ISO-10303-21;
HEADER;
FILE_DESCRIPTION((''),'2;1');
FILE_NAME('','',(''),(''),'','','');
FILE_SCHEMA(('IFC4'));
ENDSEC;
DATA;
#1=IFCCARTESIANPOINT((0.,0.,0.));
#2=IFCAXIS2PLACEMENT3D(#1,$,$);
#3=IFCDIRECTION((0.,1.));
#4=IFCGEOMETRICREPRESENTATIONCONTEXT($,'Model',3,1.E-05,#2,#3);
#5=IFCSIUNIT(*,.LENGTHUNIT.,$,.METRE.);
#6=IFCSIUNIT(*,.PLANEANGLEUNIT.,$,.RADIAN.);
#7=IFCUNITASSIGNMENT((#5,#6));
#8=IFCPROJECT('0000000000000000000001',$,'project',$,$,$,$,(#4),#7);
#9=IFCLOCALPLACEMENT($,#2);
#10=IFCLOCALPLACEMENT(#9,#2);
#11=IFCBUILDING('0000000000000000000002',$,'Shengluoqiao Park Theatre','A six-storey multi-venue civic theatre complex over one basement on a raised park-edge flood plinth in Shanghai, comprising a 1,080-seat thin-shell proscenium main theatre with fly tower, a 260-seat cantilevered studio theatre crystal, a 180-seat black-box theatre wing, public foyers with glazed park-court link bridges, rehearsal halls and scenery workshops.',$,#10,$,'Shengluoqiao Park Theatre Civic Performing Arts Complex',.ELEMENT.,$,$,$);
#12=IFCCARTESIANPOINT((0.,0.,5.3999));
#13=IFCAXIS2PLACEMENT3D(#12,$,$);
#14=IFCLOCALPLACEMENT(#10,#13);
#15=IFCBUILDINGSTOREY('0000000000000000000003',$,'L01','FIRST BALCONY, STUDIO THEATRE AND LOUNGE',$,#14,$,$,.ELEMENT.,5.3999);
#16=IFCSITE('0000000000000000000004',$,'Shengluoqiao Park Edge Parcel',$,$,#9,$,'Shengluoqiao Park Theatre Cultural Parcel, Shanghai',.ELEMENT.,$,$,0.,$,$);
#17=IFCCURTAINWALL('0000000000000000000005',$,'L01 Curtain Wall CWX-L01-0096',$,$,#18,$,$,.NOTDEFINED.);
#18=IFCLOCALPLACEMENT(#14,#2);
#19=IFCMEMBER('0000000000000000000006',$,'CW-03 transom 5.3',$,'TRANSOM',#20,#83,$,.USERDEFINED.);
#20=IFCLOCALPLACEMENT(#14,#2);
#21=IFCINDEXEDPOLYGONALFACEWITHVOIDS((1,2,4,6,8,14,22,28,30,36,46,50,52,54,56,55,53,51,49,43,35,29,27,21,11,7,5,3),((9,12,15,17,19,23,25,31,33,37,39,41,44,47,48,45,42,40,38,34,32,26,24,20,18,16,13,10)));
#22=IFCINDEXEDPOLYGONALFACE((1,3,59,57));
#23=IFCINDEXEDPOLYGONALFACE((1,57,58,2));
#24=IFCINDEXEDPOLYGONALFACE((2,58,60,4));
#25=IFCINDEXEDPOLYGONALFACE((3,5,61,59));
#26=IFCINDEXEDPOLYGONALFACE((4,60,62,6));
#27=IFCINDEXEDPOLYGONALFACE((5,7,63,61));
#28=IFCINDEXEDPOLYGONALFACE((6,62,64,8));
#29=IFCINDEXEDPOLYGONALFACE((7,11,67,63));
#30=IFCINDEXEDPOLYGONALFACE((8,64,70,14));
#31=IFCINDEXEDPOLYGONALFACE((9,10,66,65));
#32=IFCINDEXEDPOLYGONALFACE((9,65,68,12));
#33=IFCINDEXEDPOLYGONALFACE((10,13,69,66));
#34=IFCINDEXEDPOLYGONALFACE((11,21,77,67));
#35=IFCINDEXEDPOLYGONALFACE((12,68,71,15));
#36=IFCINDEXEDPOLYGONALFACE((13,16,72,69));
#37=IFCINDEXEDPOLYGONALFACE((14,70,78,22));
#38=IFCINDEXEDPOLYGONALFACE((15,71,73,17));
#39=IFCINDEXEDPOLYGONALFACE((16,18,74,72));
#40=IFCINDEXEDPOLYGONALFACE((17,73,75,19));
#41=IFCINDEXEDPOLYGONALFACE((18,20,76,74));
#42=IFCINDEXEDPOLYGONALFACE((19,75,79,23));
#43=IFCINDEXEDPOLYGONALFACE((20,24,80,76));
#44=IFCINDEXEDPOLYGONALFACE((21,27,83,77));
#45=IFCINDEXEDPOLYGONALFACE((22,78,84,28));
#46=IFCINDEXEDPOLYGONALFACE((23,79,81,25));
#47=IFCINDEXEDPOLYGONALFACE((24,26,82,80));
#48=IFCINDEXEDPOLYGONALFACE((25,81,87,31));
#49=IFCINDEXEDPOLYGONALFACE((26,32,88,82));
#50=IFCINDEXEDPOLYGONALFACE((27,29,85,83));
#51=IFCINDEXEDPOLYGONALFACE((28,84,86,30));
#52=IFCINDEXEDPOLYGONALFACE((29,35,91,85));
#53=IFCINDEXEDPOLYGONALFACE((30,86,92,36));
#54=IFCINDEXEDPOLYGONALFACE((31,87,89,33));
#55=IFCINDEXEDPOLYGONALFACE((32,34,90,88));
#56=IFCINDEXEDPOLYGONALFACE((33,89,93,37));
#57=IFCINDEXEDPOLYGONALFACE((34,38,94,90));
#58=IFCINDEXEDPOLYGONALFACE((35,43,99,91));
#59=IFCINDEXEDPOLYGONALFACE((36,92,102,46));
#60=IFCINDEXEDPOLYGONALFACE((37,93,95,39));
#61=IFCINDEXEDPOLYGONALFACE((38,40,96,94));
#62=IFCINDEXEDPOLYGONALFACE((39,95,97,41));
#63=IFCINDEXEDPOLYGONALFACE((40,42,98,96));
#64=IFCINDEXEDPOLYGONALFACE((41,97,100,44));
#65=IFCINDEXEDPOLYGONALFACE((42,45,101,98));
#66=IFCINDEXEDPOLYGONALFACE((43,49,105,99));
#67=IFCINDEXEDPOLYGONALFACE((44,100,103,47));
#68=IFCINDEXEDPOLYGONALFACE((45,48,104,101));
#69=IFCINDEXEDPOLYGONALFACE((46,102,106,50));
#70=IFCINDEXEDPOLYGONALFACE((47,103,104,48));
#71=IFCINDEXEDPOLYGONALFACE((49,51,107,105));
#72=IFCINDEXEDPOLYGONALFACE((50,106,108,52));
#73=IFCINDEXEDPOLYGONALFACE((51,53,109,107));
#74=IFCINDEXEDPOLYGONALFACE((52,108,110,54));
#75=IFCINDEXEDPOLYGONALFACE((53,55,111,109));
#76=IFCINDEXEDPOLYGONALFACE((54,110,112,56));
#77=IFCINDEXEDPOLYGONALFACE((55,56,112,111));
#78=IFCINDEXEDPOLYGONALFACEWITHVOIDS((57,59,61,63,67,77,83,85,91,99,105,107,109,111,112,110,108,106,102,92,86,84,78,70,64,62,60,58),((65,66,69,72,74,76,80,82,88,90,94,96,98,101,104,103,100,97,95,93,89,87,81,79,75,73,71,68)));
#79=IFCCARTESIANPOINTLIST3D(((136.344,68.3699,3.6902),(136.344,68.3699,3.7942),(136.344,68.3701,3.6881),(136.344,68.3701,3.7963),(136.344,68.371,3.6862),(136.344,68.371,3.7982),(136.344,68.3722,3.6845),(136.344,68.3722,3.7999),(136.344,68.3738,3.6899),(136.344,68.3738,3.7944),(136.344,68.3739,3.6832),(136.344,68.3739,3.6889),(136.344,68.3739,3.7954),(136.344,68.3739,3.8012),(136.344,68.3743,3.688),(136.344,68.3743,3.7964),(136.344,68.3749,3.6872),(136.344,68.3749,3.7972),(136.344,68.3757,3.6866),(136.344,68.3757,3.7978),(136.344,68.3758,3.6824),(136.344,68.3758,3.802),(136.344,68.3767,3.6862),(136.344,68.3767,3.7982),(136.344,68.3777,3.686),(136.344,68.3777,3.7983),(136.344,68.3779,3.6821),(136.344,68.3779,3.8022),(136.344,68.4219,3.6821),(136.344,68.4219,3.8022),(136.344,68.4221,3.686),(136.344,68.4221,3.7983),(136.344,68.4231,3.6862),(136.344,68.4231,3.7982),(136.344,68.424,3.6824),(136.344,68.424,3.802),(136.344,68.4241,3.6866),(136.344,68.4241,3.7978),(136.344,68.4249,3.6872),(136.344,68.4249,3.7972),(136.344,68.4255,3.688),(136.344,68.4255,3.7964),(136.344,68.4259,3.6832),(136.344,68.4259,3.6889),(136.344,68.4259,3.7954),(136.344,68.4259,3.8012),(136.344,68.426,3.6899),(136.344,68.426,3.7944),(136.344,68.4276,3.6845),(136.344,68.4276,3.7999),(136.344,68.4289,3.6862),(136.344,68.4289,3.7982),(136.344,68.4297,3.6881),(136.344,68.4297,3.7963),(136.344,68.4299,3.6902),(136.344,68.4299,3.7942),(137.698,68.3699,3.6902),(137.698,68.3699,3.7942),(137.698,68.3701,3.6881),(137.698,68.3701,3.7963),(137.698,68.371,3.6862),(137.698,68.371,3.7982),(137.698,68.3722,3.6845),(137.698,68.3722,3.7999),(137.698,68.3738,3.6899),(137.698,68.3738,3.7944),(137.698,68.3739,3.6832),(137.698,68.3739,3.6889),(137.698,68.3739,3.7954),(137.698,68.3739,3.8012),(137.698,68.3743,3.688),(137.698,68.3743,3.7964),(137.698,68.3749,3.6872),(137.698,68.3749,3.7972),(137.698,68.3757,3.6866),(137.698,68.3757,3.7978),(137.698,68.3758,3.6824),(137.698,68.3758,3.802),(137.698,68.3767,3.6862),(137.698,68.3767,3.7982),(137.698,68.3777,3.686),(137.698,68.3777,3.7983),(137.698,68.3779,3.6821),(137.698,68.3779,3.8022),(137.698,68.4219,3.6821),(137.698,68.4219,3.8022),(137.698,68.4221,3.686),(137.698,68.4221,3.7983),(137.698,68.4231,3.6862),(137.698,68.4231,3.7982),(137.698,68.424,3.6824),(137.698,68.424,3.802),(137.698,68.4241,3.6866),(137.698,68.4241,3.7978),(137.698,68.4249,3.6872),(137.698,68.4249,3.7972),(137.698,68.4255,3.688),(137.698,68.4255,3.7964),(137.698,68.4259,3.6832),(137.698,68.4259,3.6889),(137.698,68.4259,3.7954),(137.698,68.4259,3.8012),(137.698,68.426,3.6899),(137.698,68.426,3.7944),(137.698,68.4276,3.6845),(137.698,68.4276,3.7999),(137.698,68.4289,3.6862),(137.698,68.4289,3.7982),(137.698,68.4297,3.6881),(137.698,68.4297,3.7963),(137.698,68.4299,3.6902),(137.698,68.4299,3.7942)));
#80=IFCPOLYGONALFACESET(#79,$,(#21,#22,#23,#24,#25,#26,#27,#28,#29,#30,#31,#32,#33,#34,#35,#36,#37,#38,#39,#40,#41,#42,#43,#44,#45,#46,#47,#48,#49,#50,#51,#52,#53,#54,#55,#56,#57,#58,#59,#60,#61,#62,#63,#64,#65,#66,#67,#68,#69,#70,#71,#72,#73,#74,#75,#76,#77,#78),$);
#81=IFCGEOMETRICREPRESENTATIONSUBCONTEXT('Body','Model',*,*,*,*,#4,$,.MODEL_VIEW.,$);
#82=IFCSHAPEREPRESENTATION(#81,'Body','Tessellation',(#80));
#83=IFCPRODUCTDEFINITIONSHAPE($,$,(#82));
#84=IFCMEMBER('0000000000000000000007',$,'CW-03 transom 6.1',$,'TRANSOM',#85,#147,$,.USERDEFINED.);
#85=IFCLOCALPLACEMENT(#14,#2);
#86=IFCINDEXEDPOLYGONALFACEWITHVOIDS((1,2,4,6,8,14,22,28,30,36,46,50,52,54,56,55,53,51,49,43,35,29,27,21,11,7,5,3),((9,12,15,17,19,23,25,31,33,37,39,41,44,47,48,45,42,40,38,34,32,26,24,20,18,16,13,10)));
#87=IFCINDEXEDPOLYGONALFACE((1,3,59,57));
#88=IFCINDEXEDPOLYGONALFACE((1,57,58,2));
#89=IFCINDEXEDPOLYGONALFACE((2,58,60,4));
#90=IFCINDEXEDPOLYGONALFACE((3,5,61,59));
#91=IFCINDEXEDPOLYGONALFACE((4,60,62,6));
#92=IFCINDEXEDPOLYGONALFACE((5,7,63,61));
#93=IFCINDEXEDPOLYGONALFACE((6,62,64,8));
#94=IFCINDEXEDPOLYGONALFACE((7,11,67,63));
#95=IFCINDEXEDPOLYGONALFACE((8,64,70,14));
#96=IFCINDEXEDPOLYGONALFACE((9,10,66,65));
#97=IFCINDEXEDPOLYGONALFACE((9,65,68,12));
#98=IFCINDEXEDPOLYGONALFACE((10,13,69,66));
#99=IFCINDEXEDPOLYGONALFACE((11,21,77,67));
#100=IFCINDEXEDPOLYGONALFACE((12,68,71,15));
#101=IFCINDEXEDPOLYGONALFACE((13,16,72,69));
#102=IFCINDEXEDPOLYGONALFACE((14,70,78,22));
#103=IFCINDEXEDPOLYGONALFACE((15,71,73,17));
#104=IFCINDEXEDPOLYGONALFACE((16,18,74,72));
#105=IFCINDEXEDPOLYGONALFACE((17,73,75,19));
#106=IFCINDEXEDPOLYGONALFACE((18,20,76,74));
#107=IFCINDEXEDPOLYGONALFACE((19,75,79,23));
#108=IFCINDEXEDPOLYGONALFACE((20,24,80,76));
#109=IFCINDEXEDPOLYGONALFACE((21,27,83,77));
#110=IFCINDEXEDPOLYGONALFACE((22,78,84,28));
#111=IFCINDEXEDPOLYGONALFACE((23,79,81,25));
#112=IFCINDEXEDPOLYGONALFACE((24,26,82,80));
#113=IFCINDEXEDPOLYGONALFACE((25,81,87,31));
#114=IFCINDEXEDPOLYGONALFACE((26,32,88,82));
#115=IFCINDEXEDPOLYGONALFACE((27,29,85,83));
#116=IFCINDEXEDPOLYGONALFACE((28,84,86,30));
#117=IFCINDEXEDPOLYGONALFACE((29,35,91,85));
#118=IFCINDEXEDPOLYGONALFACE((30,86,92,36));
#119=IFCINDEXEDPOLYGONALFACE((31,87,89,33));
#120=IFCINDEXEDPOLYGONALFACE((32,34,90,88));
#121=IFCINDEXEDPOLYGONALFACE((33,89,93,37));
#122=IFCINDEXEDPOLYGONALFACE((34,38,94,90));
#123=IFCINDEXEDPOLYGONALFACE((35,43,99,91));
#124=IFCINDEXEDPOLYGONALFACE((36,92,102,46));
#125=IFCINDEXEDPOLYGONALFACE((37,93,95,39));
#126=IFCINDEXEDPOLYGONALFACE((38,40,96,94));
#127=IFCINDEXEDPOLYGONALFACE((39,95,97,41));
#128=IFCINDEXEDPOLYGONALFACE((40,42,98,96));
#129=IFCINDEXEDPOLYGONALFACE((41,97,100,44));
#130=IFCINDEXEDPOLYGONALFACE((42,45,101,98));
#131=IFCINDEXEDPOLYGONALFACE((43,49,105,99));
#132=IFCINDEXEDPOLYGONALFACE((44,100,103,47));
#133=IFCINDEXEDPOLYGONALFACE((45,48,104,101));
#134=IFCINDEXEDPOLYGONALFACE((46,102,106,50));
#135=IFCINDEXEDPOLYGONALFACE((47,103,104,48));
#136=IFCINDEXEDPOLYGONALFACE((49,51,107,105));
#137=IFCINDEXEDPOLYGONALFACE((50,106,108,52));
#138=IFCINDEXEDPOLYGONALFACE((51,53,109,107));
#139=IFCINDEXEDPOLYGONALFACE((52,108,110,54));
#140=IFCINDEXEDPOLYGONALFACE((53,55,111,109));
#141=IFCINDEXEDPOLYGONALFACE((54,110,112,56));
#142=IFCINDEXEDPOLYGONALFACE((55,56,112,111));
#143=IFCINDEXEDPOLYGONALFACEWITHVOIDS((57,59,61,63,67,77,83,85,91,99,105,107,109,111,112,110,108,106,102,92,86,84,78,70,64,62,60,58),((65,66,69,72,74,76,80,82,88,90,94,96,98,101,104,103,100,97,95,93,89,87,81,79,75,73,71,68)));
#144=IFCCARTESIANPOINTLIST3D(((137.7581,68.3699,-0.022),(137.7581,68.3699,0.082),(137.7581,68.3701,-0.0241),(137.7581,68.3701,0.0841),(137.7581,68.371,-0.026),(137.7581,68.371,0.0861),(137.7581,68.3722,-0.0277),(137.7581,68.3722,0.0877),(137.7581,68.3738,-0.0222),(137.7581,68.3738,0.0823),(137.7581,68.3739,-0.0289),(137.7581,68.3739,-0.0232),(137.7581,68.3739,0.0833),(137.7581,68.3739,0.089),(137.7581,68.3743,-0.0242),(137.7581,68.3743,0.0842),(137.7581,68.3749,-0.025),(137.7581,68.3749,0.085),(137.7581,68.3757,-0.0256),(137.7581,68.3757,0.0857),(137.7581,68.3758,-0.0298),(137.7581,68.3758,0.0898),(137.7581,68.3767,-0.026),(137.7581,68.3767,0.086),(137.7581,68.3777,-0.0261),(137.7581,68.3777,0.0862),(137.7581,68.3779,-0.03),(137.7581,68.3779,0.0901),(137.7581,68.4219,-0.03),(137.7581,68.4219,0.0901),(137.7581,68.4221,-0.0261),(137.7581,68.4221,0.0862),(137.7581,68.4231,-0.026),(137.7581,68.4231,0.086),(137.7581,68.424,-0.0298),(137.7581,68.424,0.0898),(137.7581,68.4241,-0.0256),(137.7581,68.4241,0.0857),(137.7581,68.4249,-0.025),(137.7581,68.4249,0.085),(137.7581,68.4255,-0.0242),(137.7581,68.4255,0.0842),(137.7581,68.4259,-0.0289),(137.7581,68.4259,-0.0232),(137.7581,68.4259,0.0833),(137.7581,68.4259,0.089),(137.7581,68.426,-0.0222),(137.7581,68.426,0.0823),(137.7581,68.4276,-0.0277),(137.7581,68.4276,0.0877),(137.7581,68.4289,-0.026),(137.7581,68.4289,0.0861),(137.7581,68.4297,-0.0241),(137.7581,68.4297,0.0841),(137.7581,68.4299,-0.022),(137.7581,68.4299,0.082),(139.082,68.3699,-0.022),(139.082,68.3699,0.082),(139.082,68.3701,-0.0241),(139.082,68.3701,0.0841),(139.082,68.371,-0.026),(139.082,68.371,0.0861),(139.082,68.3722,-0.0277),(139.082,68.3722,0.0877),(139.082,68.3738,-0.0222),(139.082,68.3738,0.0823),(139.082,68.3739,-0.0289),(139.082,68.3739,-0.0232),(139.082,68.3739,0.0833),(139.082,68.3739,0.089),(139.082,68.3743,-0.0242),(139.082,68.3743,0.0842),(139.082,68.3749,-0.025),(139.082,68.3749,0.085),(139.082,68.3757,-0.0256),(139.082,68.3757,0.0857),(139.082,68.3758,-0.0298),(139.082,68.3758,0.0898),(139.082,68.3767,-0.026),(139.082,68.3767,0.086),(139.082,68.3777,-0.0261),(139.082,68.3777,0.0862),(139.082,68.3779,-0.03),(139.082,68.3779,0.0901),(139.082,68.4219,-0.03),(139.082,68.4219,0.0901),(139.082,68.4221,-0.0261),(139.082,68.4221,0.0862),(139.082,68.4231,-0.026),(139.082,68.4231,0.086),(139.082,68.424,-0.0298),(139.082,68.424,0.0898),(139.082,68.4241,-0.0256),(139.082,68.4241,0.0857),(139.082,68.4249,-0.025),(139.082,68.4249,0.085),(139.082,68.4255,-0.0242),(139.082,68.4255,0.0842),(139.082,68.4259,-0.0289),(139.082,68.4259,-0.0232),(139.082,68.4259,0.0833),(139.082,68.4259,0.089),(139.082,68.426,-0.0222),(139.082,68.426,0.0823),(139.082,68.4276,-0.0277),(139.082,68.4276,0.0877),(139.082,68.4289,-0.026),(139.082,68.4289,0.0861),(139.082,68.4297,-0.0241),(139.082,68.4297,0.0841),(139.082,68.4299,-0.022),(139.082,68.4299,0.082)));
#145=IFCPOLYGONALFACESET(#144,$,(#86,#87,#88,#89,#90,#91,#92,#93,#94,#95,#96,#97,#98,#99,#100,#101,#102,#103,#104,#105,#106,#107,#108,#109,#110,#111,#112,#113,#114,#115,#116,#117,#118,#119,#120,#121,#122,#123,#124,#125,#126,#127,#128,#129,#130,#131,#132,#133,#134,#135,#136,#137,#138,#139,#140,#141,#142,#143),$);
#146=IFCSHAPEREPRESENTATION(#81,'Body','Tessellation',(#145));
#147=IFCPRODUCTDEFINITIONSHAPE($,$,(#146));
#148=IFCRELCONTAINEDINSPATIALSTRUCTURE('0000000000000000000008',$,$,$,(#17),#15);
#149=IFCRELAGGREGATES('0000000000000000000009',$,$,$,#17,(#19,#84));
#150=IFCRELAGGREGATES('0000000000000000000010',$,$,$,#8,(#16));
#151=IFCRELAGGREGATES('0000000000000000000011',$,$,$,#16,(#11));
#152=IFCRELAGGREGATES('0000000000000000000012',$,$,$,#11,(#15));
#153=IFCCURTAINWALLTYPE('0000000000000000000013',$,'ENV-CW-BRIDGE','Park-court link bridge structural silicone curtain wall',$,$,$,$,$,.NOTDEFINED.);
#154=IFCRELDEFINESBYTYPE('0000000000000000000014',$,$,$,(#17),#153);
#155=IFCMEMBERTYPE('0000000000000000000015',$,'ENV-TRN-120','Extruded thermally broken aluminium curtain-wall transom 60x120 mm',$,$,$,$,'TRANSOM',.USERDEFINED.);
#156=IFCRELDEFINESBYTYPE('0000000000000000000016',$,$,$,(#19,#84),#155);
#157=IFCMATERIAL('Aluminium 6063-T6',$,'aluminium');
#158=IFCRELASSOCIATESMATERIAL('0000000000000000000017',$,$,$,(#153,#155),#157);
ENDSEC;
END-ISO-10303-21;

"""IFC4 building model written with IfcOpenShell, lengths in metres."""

from ifc_helpers import new_model, si_unit, direction, frame, origin, origin_2d, place, context, subcontext, project, spatial, hollow_rectangle, extrude, material, material_profile, profile_set, type_object, element, aggregate, save


model = new_model("IFC4")

# Units and contexts
model_context = context("Model", 3, precision=1e-05, world=origin(), true_north=direction((0.0, 1.0)))
body_context = subcontext(model_context, "Body", "Model", "MODEL_VIEW")
ifc_project = project(units=[si_unit("LENGTHUNIT", "METRE"), si_unit("PLANEANGLEUNIT", "RADIAN")], contexts=[model_context])

# Site, building, storey
site_placement = place(None, origin())
site = spatial("IfcSite", under=ifc_project, at=site_placement, Name="Shengluoqiao Park Edge Parcel", LongName="Shengluoqiao Park Theatre Cultural Parcel, Shanghai", CompositionType="ELEMENT", RefElevation=0.0)
building_placement = place(site_placement, origin())
building = spatial("IfcBuilding", under=site, at=building_placement, Name="Shengluoqiao Park Theatre", Description="A six-storey multi-venue civic theatre complex over one basement on a raised park-edge flood plinth in Shanghai, comprising a 1,080-seat thin-shell proscenium main theatre with fly tower, a 260-seat cantilevered studio theatre crystal, a 180-seat black-box theatre wing, public foyers with glazed park-court link bridges, rehearsal halls and scenery workshops.", LongName="Shengluoqiao Park Theatre Civic Performing Arts Complex", CompositionType="ELEMENT")
storey_placement = place(building_placement, frame((0.0, 0.0, 5.3999)))
storey = spatial("IfcBuildingStorey", under=building, at=storey_placement, Name="L01", Description="FIRST BALCONY, STUDIO THEATRE AND LOUNGE", CompositionType="ELEMENT", Elevation=5.3999)

# Curtain wall, members
ifc_material_1 = material(Name="Aluminium 6063-T6", Category="aluminium")
curtain_wall_type = type_object("IfcCurtainWallType", Name="ENV-CW-BRIDGE", Description="Park-court link bridge structural silicone curtain wall", PredefinedType="NOTDEFINED", material=ifc_material_1)
curtain_wall_placement = place(storey_placement, origin())
curtain_wall = element("IfcCurtainWall", 1, at=curtain_wall_placement, inside=storey, type_object=curtain_wall_type, Name="L01 Curtain Wall CWX-L01-0096", PredefinedType="NOTDEFINED")
ifc_material_profile_1 = material_profile(ifc_material_1, hollow_rectangle(XDim=0.0601, YDim=0.1201, WallThickness=0.0039, InnerFilletRadius=0.0039, OuterFilletRadius=0.0081, at=origin_2d()), Name="ALU TRANSOM 120x60x4")
ifc_profile_set_1 = profile_set([ifc_material_profile_1], Name="Aluminium 6063-T6")
member_type_1 = type_object("IfcMemberType", Name="ENV-TRN-120", Description="Extruded thermally broken aluminium curtain-wall transom 60x120 mm", ElementType="TRANSOM", PredefinedType="USERDEFINED", material=ifc_profile_set_1)
member_1_placement = place(storey_placement, frame((136.344, 68.3999, 3.7422), z_axis=(1.0, 0.0, 0.0), x_axis=(0.0, 1.0, 0.0)))
member_1 = element("IfcMember", 2, at=member_1_placement, type_object=member_type_1, Name="CW-03 transom 5.3", ObjectType="TRANSOM", PredefinedType="USERDEFINED", context=body_context, shape_type="SweptSolid", body=[
    extrude(hollow_rectangle(XDim=0.0601, YDim=0.1201, WallThickness=0.0039, InnerFilletRadius=0.0039, OuterFilletRadius=0.0081, at=origin_2d()), origin(), (0.0, 0.0, 1.0), 1.354),
])
member_2_placement = place(storey_placement, frame((137.7581, 68.3999, 0.03), z_axis=(1.0, 0.0, 0.0), x_axis=(0.0, 1.0, 0.0)))
member_2 = element("IfcMember", 3, at=member_2_placement, type_object=member_type_1, Name="CW-03 transom 6.1", ObjectType="TRANSOM", PredefinedType="USERDEFINED", context=body_context, shape_type="SweptSolid", body=[
    extrude(hollow_rectangle(XDim=0.0601, YDim=0.1201, WallThickness=0.0039, InnerFilletRadius=0.0039, OuterFilletRadius=0.0081, at=origin_2d()), origin(), (0.0, 0.0, 1.0), 1.324),
])

aggregate(curtain_wall, [member_1, member_2])

save(model, "model.ifc")
